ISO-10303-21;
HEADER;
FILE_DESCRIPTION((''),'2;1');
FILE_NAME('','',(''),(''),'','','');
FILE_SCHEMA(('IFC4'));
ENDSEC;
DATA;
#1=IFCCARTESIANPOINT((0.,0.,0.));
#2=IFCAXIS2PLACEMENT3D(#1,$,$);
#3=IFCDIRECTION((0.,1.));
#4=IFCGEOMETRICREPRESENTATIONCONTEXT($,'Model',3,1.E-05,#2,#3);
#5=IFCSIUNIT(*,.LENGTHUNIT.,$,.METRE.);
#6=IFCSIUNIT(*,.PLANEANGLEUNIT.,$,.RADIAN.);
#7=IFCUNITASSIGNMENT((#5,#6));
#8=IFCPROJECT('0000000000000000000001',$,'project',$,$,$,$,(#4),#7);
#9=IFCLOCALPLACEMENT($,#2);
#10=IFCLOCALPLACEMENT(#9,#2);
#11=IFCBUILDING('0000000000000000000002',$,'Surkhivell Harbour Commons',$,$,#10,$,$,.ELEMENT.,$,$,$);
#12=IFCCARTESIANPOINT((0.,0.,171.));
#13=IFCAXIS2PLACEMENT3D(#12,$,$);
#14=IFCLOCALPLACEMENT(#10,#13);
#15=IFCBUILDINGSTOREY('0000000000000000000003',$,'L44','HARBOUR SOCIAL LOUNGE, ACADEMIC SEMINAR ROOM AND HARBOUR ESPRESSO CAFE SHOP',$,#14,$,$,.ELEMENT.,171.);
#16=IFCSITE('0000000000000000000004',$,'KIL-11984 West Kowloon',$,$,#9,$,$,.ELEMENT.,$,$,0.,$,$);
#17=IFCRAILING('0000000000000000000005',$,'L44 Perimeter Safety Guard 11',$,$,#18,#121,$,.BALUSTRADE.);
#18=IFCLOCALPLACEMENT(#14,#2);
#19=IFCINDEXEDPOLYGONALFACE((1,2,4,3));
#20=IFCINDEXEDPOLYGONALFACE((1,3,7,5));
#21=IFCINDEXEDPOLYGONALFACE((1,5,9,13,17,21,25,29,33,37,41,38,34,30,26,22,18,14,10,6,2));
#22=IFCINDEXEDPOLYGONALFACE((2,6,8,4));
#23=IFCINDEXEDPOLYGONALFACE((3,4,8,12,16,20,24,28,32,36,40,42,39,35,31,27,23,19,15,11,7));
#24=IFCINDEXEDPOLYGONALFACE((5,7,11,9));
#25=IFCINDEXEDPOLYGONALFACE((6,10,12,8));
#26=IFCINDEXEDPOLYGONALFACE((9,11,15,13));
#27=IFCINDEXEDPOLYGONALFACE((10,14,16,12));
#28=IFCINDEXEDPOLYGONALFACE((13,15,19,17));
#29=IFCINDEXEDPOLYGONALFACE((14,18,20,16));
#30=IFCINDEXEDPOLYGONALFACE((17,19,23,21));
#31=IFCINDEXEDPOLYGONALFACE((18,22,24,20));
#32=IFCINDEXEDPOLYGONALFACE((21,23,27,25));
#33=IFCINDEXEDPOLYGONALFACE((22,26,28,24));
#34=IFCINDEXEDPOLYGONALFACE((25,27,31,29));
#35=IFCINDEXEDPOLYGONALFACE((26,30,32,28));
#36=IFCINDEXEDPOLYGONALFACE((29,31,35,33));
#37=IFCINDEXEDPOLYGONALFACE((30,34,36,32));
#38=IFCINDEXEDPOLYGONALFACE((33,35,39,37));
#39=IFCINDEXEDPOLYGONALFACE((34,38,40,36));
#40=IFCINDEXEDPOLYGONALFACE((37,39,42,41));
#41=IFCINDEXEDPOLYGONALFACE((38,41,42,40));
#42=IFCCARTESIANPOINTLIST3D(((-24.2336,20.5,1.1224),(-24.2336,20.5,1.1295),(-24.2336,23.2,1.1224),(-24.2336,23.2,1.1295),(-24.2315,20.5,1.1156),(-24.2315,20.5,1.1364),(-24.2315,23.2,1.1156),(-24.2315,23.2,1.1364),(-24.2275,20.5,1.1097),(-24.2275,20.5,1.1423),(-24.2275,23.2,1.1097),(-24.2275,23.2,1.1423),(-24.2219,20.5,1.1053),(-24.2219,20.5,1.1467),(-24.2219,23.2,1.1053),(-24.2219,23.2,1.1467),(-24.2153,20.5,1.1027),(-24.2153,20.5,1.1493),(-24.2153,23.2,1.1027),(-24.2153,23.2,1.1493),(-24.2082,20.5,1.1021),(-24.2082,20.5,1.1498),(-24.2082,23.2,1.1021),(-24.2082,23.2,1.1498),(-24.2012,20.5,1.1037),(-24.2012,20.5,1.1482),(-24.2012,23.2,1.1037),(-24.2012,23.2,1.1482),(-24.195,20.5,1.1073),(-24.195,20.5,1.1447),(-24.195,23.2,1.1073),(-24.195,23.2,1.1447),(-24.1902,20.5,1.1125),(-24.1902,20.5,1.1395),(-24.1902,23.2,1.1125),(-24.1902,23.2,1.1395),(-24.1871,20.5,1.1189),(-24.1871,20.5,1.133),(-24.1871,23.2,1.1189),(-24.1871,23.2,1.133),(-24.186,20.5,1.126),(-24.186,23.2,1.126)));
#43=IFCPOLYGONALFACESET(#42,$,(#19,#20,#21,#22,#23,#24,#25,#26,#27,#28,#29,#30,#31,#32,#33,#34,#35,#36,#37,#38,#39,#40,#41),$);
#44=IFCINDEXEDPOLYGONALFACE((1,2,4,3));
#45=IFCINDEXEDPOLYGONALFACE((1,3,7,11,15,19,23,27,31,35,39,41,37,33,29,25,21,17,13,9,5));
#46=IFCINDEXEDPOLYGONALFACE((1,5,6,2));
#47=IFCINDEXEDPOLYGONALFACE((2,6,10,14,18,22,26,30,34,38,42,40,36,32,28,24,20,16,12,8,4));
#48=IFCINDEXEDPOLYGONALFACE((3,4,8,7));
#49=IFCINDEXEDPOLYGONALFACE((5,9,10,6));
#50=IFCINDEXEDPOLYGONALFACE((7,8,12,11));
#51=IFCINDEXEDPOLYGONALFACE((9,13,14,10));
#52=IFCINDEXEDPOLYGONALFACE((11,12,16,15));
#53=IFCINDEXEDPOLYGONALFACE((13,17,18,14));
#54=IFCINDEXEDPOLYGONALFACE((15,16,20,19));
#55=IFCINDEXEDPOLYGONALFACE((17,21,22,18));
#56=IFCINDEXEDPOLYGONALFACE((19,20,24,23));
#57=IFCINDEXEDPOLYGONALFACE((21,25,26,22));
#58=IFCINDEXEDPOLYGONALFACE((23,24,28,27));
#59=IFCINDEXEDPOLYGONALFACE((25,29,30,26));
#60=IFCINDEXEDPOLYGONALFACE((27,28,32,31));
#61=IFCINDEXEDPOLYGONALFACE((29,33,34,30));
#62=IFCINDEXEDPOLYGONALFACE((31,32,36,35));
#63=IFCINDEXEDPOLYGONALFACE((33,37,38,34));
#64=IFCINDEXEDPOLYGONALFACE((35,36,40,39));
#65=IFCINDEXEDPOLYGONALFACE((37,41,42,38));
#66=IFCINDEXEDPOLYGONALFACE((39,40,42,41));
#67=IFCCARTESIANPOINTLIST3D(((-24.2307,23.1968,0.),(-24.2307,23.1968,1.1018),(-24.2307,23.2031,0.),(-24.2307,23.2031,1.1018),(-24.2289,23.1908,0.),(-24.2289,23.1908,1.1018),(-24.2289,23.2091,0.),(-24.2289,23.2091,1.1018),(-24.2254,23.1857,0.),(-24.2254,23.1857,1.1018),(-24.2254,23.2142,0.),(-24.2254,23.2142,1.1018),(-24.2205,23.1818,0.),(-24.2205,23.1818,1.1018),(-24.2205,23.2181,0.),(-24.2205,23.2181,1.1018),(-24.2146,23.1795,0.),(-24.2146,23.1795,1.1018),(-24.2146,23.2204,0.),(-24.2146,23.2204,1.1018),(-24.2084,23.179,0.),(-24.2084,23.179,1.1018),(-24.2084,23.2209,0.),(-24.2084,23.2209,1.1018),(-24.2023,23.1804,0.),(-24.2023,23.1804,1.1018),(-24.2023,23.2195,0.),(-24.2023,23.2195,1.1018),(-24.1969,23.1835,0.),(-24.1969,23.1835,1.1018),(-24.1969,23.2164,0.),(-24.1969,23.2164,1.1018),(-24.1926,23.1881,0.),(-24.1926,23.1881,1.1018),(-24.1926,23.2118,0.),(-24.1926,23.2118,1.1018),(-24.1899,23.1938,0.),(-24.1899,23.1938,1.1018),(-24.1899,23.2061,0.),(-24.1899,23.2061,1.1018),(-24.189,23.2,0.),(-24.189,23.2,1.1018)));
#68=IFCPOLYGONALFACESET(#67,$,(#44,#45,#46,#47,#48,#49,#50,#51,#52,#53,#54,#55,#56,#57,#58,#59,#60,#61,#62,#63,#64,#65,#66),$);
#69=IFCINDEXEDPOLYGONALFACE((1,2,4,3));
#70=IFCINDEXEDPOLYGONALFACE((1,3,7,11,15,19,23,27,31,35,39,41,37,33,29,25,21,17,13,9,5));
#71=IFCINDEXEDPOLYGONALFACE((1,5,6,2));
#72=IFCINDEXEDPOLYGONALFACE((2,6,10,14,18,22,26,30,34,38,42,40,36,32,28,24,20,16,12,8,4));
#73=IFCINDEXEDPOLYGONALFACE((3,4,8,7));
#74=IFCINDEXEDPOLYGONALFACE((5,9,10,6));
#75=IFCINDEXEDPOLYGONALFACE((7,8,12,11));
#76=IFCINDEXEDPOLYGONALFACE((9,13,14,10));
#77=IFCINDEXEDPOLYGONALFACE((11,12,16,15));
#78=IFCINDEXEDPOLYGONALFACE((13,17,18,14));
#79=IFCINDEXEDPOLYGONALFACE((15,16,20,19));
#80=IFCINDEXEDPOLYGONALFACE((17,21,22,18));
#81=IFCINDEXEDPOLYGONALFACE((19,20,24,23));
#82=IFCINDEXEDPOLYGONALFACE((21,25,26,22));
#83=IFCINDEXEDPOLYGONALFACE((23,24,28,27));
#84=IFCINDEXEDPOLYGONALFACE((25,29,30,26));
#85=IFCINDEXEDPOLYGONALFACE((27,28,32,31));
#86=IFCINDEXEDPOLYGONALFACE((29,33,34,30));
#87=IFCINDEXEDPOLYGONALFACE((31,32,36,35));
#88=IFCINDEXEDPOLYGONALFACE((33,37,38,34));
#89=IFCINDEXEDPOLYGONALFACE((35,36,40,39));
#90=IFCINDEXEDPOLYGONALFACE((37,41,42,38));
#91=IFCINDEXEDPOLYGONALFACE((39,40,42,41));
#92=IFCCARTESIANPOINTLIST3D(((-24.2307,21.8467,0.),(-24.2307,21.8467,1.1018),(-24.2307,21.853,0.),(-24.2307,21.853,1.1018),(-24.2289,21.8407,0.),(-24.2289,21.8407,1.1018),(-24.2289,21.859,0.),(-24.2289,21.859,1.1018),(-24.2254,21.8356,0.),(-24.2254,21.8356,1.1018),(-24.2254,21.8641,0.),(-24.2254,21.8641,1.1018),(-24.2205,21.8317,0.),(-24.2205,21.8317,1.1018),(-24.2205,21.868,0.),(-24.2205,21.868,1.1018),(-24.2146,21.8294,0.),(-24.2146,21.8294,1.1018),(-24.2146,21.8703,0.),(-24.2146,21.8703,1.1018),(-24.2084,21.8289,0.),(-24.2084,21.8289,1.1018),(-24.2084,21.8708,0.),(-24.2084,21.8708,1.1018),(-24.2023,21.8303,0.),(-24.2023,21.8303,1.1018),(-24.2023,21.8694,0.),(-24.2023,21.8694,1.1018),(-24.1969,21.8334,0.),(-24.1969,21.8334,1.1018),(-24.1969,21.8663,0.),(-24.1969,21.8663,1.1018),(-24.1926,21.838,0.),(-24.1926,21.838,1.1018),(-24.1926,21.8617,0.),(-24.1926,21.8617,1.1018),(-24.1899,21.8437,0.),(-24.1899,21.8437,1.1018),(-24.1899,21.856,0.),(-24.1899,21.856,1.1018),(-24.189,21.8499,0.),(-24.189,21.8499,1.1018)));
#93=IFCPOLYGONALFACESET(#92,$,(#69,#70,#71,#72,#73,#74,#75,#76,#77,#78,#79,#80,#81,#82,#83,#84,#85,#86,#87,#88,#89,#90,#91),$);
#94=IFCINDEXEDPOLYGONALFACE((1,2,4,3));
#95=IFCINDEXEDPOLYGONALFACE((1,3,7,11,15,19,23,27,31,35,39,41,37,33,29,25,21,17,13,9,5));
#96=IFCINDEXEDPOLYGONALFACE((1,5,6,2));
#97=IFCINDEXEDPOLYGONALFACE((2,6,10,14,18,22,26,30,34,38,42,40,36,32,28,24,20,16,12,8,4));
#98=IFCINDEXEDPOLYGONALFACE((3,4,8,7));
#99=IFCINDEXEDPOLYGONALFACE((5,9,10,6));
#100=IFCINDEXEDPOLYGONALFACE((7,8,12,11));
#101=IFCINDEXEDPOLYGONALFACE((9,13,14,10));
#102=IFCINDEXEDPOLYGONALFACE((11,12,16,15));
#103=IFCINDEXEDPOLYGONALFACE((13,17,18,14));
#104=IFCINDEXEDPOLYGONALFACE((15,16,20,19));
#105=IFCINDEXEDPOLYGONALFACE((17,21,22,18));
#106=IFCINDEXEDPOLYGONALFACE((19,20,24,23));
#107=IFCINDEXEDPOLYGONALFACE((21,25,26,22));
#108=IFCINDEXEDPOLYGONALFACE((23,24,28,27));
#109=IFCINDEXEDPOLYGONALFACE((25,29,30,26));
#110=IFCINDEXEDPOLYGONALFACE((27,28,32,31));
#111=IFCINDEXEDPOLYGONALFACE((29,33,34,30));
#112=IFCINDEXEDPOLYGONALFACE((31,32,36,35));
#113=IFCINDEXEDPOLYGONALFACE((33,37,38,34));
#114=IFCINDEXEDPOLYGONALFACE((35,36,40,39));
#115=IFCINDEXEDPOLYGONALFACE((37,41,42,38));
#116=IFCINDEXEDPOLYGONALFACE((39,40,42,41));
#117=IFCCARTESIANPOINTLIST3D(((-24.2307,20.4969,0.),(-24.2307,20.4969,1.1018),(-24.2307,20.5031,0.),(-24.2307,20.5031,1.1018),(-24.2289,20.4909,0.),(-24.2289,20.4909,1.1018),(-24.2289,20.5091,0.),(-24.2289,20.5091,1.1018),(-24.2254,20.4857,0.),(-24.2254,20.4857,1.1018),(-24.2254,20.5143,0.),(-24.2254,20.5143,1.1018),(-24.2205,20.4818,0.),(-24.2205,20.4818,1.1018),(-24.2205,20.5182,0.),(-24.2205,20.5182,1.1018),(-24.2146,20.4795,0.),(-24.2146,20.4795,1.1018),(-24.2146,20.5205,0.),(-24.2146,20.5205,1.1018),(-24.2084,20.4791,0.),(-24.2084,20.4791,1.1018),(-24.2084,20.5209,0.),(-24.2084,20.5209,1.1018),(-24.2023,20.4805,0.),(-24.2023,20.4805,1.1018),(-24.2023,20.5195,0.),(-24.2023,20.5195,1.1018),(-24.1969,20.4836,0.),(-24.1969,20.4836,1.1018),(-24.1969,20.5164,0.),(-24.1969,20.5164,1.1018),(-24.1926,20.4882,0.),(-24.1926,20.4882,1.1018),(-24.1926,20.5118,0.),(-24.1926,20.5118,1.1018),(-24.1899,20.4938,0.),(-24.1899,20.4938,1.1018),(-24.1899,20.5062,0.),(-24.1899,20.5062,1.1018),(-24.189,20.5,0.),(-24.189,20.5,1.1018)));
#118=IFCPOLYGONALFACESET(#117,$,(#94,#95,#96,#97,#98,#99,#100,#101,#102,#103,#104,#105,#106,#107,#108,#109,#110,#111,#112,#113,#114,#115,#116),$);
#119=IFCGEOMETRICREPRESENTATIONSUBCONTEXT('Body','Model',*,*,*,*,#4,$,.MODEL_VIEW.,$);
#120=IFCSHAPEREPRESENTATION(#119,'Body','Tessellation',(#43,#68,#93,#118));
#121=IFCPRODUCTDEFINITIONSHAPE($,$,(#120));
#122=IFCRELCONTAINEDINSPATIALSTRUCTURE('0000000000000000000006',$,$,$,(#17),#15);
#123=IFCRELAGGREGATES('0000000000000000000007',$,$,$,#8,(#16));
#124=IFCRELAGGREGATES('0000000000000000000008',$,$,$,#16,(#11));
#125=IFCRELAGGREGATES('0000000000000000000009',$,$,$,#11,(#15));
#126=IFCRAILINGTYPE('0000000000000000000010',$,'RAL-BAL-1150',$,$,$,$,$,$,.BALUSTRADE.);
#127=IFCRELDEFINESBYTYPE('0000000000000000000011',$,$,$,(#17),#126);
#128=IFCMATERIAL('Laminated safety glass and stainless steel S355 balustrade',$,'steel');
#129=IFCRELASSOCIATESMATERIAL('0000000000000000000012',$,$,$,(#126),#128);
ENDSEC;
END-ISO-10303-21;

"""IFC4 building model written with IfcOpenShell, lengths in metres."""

from ifc_helpers import new_model, si_unit, direction, frame, origin, origin_2d, place, context, subcontext, project, spatial, circle, extrude, material, type_object, element, save


model = new_model("IFC4")

# Units and contexts
model_context = context("Model", 3, precision=1e-05, world=origin(), true_north=direction((0.0, 1.0)))
body_context = subcontext(model_context, "Body", "Model", "MODEL_VIEW")
ifc_project = project(units=[si_unit("LENGTHUNIT", "METRE"), si_unit("PLANEANGLEUNIT", "RADIAN")], contexts=[model_context])

# Site, building, storey
site_placement = place(None, origin())
site = spatial("IfcSite", under=ifc_project, at=site_placement, Name="KIL-11984 West Kowloon", CompositionType="ELEMENT", RefElevation=0.0)
building_placement = place(site_placement, origin())
building = spatial("IfcBuilding", under=site, at=building_placement, Name="Surkhivell Harbour Commons", CompositionType="ELEMENT")
storey_placement = place(building_placement, frame((0.0, 0.0, 171.0)))
storey = spatial("IfcBuildingStorey", under=building, at=storey_placement, Name="L44", Description="HARBOUR SOCIAL LOUNGE, ACADEMIC SEMINAR ROOM AND HARBOUR ESPRESSO CAFE SHOP", CompositionType="ELEMENT", Elevation=171.0)

# Railing
ifc_material_1 = material(Name="Laminated safety glass and stainless steel S355 balustrade", Category="steel")
railing_type = type_object("IfcRailingType", Name="RAL-BAL-1150", PredefinedType="BALUSTRADE", material=ifc_material_1)
railing_1_placement = place(storey_placement, frame((-24.21, 23.2, 0.0)))
element("IfcRailing", 1, at=railing_1_placement, inside=storey, type_object=railing_type, Name="L44 Perimeter Safety Guard 11", PredefinedType="BALUSTRADE", context=body_context, shape_type="SweptSolid", body=[
    extrude(circle(Radius=0.0239, at=origin_2d()), frame((0.0, 0.0, 1.126), z_axis=(0.0, -1.0, 0.0), x_axis=(1.0, 0.0, 0.0)), (0.0, 0.0, 1.0), 2.7),
    extrude(circle(Radius=0.021, at=origin_2d()), origin(), (0.0, 0.0, 1.0), 1.1018),
    extrude(circle(Radius=0.021, at=origin_2d()), frame((0.0, -1.3501, 0.0)), (0.0, 0.0, 1.0), 1.1018),
    extrude(circle(Radius=0.021, at=origin_2d()), frame((0.0, -2.7, 0.0)), (0.0, 0.0, 1.0), 1.1018),
])

save(model, "model.ifc")
